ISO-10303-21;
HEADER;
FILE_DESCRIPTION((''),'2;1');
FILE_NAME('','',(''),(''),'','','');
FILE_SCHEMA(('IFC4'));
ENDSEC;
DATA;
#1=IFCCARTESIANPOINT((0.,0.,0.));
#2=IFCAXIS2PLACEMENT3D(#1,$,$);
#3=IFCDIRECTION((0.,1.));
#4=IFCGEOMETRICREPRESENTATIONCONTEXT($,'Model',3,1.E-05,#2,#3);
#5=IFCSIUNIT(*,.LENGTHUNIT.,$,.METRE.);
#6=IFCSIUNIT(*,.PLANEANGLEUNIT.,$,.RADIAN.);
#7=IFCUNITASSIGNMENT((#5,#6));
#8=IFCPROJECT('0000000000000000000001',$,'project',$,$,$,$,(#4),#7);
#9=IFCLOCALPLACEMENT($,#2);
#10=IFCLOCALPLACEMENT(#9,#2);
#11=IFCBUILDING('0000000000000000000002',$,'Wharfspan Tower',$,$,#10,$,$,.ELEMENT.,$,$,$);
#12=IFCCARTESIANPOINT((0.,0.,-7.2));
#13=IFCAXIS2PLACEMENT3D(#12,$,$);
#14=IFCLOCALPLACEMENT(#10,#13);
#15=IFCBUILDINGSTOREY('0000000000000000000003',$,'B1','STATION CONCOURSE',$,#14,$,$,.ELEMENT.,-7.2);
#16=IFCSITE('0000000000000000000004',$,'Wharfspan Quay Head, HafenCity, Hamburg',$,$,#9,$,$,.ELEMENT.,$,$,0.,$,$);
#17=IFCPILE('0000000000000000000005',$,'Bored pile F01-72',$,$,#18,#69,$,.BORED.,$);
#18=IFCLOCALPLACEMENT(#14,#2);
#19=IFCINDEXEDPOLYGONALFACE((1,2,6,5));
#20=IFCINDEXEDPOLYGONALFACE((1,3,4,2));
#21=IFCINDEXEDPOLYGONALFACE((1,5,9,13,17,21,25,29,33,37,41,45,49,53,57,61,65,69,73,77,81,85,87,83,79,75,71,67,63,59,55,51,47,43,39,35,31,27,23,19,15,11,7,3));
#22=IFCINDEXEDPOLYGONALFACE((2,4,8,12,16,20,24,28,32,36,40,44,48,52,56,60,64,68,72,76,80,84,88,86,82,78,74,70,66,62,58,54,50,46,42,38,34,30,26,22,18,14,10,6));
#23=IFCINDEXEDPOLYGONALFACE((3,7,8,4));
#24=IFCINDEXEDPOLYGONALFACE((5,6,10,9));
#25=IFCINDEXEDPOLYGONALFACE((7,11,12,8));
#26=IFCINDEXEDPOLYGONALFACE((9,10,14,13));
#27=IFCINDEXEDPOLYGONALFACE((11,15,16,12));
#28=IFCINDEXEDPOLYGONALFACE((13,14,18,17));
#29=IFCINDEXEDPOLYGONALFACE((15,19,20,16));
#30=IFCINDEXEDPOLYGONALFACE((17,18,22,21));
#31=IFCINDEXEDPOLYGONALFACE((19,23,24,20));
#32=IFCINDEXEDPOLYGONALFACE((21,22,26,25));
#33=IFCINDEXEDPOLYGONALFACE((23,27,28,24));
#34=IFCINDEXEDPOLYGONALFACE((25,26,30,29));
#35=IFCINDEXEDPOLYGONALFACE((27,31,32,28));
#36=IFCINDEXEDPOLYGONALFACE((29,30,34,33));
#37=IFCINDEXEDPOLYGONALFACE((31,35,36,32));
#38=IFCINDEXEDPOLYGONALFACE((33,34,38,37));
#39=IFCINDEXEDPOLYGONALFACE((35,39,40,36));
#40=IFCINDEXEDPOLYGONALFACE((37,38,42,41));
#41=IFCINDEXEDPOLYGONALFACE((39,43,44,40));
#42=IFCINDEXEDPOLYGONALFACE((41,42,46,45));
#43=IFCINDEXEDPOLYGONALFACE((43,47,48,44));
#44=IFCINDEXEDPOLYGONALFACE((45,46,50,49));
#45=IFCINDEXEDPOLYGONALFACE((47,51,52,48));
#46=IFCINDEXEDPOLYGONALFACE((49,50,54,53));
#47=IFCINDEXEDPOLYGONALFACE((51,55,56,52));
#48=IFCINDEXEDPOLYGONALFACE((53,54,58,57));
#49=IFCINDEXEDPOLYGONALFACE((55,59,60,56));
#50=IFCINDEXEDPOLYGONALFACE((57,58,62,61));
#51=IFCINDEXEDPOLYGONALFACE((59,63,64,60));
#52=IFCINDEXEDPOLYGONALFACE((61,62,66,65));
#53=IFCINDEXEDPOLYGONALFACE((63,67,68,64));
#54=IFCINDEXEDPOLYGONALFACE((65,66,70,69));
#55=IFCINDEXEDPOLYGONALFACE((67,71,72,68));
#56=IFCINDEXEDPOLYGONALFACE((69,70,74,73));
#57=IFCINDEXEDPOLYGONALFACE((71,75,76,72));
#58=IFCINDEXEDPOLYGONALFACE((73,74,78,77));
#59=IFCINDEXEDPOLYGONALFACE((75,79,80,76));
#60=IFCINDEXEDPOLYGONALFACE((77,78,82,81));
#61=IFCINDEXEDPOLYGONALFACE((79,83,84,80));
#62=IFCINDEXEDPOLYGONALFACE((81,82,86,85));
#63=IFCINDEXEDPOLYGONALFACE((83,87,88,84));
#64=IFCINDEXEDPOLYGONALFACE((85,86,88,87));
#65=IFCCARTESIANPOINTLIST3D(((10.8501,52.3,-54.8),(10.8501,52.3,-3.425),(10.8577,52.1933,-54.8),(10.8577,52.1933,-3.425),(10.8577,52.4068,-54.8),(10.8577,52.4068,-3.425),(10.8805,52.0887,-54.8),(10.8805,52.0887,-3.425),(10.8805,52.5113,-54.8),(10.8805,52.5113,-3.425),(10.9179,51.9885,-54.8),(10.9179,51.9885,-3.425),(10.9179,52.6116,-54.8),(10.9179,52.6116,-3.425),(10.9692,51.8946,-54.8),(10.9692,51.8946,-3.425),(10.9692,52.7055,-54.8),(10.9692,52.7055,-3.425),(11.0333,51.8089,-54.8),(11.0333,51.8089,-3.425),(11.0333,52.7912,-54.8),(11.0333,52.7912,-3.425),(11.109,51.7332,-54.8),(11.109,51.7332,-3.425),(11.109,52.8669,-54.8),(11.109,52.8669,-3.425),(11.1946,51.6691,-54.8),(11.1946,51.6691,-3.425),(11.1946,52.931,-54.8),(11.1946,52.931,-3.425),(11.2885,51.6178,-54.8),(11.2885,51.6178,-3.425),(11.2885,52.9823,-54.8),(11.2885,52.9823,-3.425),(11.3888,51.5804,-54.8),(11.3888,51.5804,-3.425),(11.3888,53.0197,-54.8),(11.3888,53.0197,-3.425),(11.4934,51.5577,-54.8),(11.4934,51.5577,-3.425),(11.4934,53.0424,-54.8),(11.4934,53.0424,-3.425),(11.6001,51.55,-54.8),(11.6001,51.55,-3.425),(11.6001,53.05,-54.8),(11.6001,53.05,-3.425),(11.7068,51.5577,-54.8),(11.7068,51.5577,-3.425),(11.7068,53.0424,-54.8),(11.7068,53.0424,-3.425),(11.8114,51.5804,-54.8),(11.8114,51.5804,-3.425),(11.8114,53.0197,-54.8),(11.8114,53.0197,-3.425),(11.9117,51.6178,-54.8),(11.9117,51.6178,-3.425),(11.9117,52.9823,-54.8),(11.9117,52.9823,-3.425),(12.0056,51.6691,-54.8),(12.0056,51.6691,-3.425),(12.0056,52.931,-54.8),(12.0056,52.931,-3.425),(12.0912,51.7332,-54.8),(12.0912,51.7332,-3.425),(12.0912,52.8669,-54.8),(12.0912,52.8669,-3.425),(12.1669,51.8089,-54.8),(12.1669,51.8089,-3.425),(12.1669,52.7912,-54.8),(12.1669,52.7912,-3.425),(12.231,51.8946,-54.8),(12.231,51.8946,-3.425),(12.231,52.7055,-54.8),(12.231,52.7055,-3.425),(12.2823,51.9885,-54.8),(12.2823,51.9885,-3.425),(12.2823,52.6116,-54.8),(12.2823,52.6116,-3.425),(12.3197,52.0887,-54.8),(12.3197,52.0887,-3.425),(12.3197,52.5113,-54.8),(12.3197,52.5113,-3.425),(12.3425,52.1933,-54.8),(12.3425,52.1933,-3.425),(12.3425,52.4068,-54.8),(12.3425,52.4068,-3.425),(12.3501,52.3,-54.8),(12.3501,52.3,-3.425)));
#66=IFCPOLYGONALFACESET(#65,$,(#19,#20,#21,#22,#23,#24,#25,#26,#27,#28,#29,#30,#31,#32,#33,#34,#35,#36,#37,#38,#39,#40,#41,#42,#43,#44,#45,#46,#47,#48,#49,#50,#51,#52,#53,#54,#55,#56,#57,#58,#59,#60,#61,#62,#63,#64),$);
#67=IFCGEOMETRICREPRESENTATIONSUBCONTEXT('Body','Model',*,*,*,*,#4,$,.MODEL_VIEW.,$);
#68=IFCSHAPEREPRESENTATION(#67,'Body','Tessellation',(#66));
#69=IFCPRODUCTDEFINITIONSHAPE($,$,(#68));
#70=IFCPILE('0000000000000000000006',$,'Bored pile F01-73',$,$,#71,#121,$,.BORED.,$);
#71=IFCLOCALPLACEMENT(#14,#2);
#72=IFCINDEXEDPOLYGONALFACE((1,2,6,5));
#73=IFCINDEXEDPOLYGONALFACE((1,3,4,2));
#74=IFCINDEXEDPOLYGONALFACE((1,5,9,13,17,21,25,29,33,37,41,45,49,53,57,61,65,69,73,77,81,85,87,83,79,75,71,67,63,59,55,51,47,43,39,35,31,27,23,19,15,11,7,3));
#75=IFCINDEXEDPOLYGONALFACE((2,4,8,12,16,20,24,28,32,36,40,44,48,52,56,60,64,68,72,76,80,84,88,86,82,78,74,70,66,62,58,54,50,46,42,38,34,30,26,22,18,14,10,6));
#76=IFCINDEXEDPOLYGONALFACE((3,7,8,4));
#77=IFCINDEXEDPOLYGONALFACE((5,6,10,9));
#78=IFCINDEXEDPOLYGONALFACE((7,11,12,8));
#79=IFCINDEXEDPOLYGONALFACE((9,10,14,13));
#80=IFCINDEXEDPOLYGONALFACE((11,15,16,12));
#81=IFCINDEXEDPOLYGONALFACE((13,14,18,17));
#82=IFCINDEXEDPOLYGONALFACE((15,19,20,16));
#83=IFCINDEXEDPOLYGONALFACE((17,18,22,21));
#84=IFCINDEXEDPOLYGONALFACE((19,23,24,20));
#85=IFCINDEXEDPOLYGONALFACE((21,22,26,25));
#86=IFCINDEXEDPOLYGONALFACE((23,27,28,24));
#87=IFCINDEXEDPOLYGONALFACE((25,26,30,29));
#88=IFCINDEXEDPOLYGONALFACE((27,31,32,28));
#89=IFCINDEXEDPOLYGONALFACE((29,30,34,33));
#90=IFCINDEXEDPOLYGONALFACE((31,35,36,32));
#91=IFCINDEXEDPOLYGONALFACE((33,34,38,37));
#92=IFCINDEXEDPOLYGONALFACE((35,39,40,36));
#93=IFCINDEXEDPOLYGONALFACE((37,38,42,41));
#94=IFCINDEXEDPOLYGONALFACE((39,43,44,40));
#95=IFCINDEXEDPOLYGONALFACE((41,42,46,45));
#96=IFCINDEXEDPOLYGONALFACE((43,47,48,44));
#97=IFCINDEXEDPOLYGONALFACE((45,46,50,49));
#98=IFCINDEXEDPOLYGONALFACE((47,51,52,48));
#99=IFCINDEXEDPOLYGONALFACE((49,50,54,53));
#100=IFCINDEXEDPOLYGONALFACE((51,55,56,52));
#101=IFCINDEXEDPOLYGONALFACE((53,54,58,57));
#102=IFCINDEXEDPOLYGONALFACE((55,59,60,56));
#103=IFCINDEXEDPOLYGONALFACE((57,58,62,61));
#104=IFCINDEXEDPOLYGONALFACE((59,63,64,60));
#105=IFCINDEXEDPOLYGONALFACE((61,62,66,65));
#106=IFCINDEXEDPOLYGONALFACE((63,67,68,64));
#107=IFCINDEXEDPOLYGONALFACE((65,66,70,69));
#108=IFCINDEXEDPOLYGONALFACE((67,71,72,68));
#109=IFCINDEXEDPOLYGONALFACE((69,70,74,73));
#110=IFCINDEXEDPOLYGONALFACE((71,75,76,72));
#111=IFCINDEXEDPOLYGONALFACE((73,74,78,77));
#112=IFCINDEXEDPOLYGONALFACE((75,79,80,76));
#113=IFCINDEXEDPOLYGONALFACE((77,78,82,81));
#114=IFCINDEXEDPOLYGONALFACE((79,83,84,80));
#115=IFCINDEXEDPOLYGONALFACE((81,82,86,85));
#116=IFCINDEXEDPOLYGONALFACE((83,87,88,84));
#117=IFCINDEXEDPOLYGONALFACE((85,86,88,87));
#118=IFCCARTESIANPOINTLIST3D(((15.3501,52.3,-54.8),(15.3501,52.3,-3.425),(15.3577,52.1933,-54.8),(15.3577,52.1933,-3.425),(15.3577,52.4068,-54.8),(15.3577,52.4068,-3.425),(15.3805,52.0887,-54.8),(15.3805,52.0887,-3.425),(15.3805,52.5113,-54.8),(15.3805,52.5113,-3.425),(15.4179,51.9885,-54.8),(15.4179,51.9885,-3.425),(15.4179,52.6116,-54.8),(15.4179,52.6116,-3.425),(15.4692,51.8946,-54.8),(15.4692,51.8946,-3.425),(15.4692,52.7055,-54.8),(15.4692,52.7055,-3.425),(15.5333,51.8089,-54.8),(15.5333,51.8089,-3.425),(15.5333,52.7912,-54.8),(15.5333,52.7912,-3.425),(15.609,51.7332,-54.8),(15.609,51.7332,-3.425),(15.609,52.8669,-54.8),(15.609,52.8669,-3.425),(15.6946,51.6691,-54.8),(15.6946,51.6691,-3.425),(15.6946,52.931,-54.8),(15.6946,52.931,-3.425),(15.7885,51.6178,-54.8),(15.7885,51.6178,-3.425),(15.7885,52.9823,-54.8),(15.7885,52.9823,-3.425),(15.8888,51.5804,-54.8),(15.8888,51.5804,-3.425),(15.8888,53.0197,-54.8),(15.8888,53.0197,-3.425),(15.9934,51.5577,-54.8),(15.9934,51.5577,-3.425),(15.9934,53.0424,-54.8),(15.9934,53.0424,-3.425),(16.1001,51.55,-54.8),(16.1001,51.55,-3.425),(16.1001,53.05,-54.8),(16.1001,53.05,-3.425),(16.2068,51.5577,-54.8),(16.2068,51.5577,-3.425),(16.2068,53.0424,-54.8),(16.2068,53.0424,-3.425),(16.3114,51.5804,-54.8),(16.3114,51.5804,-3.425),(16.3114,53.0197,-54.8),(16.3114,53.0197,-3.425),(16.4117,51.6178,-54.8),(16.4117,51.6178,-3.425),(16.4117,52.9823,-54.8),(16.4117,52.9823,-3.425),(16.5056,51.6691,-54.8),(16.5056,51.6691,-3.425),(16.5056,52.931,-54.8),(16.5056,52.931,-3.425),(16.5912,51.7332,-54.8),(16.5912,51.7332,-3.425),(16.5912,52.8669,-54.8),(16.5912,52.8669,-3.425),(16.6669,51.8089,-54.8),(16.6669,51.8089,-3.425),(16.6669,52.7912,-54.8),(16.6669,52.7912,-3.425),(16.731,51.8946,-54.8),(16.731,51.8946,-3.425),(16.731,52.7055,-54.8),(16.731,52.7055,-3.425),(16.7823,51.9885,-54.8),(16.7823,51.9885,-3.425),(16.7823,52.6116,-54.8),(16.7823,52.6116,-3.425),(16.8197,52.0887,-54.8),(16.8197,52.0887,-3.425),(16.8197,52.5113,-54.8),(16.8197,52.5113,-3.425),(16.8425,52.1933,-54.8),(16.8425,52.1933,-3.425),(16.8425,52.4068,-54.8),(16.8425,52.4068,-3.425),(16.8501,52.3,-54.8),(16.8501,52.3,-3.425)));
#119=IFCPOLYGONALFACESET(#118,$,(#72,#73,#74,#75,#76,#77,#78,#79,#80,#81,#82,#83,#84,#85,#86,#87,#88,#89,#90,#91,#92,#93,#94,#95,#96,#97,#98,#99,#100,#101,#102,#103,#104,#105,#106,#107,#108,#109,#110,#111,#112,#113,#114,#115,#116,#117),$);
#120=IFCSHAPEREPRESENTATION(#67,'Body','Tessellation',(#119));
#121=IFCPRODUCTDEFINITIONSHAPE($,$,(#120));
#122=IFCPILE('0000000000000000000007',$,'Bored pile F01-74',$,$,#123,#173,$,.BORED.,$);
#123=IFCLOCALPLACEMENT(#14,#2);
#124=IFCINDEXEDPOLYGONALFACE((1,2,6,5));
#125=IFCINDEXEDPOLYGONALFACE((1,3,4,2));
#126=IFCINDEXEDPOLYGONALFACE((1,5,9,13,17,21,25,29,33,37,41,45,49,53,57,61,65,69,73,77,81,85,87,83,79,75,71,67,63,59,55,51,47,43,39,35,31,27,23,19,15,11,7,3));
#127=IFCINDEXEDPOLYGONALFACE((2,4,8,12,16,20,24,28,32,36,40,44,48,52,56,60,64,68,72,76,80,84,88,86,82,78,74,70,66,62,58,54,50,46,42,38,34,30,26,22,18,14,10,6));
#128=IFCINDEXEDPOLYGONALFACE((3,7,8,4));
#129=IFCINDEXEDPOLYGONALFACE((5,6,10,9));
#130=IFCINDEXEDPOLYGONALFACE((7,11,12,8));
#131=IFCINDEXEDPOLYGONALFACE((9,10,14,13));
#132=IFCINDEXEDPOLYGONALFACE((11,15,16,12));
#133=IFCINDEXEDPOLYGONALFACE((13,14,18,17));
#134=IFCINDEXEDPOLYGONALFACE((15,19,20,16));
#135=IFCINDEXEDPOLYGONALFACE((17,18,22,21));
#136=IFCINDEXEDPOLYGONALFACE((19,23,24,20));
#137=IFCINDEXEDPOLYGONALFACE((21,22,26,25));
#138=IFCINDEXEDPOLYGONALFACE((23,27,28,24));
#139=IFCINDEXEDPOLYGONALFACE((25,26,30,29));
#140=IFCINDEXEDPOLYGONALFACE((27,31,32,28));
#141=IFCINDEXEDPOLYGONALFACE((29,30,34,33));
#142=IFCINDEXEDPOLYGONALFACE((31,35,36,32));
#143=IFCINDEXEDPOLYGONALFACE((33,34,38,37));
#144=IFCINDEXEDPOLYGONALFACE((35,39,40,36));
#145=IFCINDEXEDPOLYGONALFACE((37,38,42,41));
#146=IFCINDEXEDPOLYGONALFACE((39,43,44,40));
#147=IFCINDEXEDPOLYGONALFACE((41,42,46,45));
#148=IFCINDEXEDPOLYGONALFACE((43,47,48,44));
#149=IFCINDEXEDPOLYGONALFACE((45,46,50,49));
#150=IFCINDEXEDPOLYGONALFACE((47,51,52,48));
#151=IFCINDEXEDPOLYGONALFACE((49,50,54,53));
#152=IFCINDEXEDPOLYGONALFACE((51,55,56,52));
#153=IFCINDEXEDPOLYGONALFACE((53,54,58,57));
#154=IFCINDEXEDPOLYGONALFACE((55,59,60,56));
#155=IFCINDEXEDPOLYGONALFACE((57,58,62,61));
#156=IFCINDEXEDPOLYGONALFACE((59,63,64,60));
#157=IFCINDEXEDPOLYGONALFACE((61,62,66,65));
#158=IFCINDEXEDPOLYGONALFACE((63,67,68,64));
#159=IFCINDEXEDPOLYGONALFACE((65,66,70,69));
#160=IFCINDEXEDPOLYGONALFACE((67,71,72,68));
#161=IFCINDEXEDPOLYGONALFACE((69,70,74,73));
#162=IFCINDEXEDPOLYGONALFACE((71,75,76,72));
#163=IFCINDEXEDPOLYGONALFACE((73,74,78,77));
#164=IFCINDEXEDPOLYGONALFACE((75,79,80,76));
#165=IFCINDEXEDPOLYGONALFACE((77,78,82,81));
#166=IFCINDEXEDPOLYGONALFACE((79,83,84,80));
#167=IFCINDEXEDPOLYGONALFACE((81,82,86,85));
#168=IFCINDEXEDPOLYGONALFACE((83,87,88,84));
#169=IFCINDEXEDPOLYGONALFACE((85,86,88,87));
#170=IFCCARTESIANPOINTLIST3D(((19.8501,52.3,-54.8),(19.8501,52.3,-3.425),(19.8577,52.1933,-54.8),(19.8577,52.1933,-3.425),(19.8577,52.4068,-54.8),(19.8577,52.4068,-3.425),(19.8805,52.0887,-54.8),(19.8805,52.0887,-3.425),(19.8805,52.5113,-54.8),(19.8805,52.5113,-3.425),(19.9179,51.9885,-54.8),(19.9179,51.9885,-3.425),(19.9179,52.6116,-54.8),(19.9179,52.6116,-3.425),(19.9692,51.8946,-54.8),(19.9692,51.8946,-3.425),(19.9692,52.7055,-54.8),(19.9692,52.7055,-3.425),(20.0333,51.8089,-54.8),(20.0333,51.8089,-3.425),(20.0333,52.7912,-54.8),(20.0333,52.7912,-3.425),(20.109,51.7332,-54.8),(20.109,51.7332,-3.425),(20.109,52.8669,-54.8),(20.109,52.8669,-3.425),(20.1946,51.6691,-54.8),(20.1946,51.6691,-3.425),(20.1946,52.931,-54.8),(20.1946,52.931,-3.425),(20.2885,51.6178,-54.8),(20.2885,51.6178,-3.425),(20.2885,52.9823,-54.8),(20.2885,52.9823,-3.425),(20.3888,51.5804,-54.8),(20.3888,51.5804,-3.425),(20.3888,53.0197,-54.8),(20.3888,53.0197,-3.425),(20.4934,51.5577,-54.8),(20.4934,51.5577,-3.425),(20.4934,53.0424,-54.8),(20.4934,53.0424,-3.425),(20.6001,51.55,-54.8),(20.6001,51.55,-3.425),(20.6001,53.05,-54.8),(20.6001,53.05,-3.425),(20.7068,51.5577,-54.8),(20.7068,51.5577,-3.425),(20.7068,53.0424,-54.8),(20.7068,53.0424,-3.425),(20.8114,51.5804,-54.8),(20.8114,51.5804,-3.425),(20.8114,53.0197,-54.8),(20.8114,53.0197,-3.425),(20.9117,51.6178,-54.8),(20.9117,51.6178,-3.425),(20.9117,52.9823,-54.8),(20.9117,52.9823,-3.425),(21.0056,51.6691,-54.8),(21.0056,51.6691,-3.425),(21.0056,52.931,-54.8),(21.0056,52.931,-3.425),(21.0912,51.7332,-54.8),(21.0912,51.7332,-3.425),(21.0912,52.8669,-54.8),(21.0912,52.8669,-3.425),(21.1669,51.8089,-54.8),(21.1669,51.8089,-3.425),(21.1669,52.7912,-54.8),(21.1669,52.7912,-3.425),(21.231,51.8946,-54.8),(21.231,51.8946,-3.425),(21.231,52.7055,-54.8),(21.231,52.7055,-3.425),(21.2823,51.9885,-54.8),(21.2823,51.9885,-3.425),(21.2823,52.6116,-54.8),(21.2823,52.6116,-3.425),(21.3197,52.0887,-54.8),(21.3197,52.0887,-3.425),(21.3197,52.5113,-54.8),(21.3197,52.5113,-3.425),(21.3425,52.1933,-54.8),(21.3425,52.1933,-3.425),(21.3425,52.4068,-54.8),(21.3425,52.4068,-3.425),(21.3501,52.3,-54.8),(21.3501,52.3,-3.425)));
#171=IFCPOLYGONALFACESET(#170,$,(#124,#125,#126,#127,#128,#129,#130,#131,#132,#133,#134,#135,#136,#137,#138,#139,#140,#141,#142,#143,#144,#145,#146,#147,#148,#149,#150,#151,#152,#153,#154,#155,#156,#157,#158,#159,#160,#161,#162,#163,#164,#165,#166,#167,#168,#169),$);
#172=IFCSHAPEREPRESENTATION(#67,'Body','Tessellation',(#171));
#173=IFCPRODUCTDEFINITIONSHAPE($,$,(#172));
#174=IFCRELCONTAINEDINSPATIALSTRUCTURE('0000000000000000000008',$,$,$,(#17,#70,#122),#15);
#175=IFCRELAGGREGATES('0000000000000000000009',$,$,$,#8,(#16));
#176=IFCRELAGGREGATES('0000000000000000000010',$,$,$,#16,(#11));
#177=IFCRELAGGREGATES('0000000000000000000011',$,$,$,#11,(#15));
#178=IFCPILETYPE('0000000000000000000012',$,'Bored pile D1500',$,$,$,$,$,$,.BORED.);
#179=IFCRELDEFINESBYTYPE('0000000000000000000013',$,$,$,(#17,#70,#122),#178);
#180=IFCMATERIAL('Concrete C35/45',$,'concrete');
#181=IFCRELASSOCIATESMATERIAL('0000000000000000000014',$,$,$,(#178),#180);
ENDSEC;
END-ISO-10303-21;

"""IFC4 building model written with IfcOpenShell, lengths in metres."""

from ifc_helpers import new_model, si_unit, direction, frame, origin, origin_2d, place, context, subcontext, project, spatial, circle, extrude, material, material_profile, profile_set, type_object, element, save


model = new_model("IFC4")

# Units and contexts
model_context = context("Model", 3, precision=1e-05, world=origin(), true_north=direction((0.0, 1.0)))
body_context = subcontext(model_context, "Body", "Model", "MODEL_VIEW")
ifc_project = project(units=[si_unit("LENGTHUNIT", "METRE"), si_unit("PLANEANGLEUNIT", "RADIAN")], contexts=[model_context])

# Site, building, storey
site_placement = place(None, origin())
site = spatial("IfcSite", under=ifc_project, at=site_placement, Name="Wharfspan Quay Head, HafenCity, Hamburg", CompositionType="ELEMENT", RefElevation=0.0)
building_placement = place(site_placement, origin())
building = spatial("IfcBuilding", under=site, at=building_placement, Name="Wharfspan Tower", CompositionType="ELEMENT")
storey_placement = place(building_placement, frame((0.0, 0.0, -7.2)))
storey = spatial("IfcBuildingStorey", under=building, at=storey_placement, Name="B1", Description="STATION CONCOURSE", CompositionType="ELEMENT", Elevation=-7.2)

# Piles
ifc_material_1 = material(Name="Concrete C35/45", Category="concrete")
ifc_material_profile_1 = material_profile(ifc_material_1, circle(Radius=0.75, at=origin_2d()))
ifc_profile_set_1 = profile_set([ifc_material_profile_1], Name="Concrete C35/45")
pile_type = type_object("IfcPileType", Name="Bored pile D1500", PredefinedType="BORED", material=ifc_profile_set_1)
for number, where, z_axis, x_axis, name in (
    (1, (11.6001, 52.3, -3.425), (0.0, 0.0, -1.0), (1.0, 0.0, 0.0), "Bored pile F01-72"),
    (2, (16.1001, 52.3, -3.425), (0.0, 0.0, -1.0), (1.0, 0.0, 0.0), "Bored pile F01-73"),
    (3, (20.6001, 52.3, -3.425), (0.0, 0.0, -1.0), (1.0, 0.0, 0.0), "Bored pile F01-74"),
):
    element("IfcPile", number, at=place(storey_placement, frame(where, z_axis=z_axis, x_axis=x_axis)), inside=storey, type_object=pile_type, Name=name, PredefinedType="BORED", context=body_context, shape_type="SweptSolid", body=[
        extrude(circle(Radius=0.75, at=origin_2d()), origin(), (0.0, 0.0, 1.0), 51.375),
    ])

save(model, "model.ifc")
